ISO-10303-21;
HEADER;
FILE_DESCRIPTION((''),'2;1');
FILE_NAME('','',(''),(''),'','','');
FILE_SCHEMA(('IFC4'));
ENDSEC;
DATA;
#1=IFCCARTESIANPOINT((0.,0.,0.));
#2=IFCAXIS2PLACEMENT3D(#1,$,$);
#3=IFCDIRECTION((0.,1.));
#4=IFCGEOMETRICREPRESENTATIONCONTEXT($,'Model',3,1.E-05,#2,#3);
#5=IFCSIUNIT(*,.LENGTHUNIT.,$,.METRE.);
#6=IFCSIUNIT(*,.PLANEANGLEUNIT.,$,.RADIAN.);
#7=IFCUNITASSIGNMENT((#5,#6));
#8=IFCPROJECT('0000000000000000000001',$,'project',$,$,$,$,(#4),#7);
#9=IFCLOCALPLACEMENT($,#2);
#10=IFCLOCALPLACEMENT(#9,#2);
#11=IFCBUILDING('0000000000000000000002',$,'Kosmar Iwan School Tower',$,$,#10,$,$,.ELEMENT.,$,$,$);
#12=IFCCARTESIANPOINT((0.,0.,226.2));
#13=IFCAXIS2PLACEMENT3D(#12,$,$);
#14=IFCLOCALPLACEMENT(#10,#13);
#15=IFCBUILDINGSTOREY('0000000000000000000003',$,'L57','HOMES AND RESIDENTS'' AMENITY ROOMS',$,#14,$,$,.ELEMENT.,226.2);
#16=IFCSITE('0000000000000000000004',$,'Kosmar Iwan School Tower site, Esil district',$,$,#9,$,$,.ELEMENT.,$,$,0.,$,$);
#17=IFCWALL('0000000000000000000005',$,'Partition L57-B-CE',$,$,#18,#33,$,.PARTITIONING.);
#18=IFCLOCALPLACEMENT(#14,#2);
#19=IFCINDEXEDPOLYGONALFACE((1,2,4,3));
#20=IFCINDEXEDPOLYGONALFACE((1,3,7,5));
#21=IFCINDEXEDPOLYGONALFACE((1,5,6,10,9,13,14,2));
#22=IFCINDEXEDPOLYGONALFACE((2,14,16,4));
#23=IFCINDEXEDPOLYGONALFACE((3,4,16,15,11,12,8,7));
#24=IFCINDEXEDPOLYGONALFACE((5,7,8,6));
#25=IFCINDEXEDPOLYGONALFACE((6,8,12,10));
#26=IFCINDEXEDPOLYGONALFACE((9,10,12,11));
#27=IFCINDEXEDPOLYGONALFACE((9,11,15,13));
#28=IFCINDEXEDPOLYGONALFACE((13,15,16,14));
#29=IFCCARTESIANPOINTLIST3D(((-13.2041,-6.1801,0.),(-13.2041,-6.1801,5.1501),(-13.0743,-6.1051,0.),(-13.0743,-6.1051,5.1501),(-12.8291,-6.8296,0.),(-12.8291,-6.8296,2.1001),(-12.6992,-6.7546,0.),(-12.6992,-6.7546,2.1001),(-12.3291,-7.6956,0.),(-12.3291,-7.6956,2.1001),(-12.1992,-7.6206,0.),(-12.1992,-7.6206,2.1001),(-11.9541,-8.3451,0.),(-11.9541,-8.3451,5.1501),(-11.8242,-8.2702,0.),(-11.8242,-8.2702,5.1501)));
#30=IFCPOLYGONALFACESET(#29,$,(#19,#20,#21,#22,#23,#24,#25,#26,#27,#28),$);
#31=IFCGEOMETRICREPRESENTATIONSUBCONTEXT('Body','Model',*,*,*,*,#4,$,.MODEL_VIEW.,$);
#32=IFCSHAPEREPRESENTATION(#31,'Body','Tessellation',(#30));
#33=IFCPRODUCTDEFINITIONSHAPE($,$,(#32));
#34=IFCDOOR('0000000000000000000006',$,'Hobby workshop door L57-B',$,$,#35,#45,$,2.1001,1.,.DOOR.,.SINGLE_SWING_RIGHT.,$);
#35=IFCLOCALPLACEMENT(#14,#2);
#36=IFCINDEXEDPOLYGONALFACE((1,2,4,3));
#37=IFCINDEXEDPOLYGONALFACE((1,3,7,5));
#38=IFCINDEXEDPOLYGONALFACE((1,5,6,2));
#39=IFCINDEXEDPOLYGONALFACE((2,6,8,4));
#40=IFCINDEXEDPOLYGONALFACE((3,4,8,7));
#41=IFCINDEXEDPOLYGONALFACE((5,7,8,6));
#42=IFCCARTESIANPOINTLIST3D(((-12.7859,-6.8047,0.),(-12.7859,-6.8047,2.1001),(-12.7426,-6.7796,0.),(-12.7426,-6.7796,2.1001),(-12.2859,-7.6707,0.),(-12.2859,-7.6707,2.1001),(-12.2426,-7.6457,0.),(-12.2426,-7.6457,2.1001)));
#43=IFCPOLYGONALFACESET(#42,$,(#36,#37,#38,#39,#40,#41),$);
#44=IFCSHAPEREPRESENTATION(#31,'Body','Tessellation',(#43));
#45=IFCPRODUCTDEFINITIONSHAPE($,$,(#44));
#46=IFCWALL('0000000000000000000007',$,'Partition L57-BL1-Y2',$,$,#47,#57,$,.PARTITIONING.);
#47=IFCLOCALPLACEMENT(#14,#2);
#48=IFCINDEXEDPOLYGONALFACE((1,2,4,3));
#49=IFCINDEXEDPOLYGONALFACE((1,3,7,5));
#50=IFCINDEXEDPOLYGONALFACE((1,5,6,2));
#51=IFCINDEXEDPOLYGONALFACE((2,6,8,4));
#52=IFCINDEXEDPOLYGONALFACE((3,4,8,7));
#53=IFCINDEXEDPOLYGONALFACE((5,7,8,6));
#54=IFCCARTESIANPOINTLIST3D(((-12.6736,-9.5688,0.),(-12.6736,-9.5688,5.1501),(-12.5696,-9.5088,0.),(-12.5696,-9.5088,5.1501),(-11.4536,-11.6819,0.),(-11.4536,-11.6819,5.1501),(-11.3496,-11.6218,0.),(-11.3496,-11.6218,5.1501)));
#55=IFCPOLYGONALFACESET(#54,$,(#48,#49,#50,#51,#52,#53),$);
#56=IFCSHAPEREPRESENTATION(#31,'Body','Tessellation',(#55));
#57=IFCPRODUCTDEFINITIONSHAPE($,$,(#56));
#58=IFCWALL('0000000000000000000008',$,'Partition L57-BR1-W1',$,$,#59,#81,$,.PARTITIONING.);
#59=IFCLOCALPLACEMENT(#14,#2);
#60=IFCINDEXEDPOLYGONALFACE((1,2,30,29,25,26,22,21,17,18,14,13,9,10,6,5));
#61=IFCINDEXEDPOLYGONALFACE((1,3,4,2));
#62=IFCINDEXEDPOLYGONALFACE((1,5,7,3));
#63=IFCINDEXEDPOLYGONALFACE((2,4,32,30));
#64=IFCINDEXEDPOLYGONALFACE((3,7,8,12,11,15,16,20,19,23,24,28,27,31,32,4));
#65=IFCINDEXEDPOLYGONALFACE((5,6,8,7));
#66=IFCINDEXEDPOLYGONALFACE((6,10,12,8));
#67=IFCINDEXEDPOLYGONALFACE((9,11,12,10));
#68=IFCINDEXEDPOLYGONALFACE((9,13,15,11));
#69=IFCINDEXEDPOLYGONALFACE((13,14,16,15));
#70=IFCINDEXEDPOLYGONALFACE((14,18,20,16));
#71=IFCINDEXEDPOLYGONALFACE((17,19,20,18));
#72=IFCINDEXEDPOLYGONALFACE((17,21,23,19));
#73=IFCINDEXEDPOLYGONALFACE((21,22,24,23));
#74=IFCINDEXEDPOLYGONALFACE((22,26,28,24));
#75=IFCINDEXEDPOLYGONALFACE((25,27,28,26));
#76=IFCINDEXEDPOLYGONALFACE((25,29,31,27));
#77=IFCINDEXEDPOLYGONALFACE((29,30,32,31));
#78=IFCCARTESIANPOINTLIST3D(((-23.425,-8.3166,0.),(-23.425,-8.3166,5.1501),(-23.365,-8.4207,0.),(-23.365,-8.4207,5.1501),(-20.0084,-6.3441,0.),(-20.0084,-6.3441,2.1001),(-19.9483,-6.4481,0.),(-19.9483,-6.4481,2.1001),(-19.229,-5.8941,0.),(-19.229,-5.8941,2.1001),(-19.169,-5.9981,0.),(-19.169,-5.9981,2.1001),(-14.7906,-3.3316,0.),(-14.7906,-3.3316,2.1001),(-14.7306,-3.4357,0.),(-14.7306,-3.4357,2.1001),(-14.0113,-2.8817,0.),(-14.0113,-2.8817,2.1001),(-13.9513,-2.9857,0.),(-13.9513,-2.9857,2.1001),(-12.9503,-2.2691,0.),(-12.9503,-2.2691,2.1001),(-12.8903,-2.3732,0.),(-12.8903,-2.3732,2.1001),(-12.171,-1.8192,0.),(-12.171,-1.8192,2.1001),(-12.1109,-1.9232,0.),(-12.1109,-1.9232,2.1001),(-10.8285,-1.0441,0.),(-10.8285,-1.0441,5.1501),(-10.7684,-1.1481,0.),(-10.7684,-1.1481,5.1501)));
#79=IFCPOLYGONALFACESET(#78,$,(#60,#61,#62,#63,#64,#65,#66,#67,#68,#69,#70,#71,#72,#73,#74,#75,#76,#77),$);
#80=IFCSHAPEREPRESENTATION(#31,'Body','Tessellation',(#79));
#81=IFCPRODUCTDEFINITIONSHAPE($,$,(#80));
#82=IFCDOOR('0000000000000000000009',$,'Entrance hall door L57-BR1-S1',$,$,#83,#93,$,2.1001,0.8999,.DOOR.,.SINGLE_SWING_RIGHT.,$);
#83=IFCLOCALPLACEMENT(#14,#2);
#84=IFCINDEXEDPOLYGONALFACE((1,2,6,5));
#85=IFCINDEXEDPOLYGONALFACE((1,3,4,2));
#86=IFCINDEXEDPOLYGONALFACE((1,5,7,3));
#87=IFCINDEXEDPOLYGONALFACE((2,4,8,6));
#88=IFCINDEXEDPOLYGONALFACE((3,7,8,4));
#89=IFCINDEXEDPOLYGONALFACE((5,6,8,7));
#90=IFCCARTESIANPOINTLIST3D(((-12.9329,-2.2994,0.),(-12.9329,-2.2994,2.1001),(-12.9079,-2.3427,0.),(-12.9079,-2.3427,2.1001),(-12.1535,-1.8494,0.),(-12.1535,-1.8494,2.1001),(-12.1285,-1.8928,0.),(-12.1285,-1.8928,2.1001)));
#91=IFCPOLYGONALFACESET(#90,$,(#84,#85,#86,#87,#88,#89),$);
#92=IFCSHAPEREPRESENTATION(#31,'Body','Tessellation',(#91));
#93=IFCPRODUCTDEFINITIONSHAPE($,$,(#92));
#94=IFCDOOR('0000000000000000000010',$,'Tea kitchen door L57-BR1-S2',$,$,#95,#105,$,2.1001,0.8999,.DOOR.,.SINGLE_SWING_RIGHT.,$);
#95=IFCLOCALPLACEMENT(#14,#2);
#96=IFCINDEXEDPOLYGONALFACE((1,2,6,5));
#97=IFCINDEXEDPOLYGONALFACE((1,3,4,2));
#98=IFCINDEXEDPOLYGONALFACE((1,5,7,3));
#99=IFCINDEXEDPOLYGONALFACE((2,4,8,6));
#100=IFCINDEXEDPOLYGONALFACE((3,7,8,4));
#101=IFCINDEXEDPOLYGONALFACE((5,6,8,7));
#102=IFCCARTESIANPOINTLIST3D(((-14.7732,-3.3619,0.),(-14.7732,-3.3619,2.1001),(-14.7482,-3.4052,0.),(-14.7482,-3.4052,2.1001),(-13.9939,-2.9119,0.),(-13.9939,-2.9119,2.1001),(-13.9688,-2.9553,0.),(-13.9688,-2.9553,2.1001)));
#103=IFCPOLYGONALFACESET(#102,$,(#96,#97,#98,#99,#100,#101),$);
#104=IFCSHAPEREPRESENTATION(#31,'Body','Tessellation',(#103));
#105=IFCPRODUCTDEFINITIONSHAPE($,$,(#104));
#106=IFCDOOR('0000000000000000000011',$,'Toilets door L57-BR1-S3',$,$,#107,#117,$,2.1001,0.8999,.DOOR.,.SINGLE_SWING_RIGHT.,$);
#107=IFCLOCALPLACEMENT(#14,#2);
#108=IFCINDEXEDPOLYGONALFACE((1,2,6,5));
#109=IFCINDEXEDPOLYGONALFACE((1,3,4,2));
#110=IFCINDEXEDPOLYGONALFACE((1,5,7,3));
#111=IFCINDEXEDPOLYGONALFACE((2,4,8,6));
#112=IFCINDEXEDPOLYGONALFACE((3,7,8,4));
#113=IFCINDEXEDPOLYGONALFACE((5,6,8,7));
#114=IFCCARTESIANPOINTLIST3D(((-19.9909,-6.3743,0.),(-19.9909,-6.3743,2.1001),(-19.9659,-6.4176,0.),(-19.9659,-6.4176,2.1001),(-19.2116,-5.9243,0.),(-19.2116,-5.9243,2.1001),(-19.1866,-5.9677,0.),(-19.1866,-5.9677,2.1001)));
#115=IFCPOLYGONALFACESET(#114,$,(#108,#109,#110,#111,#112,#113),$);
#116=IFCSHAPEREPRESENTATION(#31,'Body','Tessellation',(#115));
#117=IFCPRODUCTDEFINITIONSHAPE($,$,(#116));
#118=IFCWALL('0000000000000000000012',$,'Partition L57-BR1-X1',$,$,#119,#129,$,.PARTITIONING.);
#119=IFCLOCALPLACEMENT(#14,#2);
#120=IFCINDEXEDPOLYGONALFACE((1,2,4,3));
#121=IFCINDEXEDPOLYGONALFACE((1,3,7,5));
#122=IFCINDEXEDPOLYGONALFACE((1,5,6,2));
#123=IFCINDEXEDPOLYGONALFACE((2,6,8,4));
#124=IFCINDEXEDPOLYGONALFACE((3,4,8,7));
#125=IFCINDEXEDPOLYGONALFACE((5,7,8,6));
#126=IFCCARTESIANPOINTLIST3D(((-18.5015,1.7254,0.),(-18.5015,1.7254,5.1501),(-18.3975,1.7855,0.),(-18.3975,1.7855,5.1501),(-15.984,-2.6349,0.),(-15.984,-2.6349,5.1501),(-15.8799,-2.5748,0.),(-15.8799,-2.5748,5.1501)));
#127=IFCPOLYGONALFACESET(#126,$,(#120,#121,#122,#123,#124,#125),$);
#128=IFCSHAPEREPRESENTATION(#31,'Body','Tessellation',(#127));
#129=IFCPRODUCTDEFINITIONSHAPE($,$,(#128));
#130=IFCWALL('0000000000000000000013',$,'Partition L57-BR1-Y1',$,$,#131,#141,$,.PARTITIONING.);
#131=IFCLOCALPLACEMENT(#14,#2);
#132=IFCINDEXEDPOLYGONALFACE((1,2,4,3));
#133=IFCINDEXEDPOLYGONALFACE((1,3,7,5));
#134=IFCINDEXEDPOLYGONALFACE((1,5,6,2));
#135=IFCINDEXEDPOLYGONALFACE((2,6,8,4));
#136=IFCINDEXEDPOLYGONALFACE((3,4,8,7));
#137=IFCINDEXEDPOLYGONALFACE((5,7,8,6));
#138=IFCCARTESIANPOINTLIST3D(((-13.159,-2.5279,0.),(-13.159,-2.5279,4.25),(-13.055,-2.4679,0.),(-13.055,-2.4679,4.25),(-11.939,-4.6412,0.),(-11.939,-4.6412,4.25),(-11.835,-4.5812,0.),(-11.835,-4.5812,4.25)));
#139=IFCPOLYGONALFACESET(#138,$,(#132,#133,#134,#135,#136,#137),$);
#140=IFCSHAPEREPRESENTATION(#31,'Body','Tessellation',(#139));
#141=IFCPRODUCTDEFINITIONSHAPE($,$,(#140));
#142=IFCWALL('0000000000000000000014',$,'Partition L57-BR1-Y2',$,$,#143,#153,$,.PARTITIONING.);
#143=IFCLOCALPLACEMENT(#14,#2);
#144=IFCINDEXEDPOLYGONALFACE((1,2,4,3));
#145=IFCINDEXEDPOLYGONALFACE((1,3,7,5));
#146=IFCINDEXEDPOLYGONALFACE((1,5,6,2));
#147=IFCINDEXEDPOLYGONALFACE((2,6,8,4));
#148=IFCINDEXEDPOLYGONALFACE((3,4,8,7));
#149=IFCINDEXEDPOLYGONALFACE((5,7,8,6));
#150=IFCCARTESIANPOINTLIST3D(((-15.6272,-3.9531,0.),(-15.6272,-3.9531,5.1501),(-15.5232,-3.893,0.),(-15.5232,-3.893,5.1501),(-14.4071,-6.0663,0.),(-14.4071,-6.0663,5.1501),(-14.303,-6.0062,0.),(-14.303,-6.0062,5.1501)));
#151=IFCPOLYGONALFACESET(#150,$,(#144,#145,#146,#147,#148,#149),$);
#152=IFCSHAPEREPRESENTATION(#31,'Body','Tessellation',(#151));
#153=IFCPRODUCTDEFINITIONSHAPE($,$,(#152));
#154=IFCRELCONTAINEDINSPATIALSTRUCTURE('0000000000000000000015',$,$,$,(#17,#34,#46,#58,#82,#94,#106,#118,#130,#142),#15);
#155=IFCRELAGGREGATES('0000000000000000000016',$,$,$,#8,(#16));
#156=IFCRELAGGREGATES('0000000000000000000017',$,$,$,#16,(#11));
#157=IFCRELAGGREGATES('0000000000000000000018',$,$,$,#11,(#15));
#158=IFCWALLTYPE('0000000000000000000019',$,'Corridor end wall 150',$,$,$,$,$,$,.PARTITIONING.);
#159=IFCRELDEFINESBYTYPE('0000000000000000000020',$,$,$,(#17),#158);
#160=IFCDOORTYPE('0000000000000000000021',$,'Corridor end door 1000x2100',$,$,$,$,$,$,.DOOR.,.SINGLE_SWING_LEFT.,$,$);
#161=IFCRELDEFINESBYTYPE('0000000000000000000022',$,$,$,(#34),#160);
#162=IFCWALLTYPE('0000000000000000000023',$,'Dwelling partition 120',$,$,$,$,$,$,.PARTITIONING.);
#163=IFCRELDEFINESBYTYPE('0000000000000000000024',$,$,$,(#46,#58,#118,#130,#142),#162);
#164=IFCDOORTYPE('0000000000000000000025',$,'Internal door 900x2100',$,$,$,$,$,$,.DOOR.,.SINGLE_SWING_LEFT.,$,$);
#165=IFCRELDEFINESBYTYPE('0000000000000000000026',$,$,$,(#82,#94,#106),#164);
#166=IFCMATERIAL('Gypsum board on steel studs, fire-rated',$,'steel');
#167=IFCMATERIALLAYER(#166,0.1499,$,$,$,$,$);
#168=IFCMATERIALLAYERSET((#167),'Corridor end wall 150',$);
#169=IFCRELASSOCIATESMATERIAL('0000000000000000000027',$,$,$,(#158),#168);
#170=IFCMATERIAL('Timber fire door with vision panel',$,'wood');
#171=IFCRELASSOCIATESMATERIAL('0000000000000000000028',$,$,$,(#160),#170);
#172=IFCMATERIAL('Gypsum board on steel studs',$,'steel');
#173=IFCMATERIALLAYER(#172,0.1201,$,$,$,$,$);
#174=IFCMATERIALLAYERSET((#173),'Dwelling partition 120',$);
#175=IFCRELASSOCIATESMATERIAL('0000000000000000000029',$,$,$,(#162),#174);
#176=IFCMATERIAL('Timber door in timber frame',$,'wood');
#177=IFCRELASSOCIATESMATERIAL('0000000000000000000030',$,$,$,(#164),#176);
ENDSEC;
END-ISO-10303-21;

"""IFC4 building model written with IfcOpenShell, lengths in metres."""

from ifc_helpers import new_model, si_unit, direction, frame, frame_2d, origin, place, context, subcontext, project, spatial, rectangle, extrude, material, layer, layer_set, type_object, element, fill, save


model = new_model("IFC4")

# Units and contexts
model_context = context("Model", 3, precision=1e-05, world=origin(), true_north=direction((0.0, 1.0)))
body_context = subcontext(model_context, "Body", "Model", "MODEL_VIEW")
ifc_project = project(units=[si_unit("LENGTHUNIT", "METRE"), si_unit("PLANEANGLEUNIT", "RADIAN")], contexts=[model_context])

# Site, building, storey
site_placement = place(None, origin())
site = spatial("IfcSite", under=ifc_project, at=site_placement, Name="Kosmar Iwan School Tower site, Esil district", CompositionType="ELEMENT", RefElevation=0.0)
building_placement = place(site_placement, origin())
building = spatial("IfcBuilding", under=site, at=building_placement, Name="Kosmar Iwan School Tower", CompositionType="ELEMENT")
storey_placement = place(building_placement, frame((0.0, 0.0, 226.2)))
storey = spatial("IfcBuildingStorey", under=building, at=storey_placement, Name="L57", Description="HOMES AND RESIDENTS' AMENITY ROOMS", CompositionType="ELEMENT", Elevation=226.2)

# Wall, opening, door
ifc_material_1 = material(Name="Gypsum board on steel studs, fire-rated", Category="steel")
ifc_layer_1 = layer(ifc_material_1, 0.1499)
ifc_layer_set_1 = layer_set([ifc_layer_1], Name="Corridor end wall 150")
wall_type_1 = type_object("IfcWallType", Name="Corridor end wall 150", PredefinedType="PARTITIONING", material=ifc_layer_set_1)
wall_1_placement = place(storey_placement, frame((-13.1392, -6.1426, 0.0), z_axis=(0.0, 0.0, 1.0), x_axis=(0.500004, -0.866023, 0.0)))
wall_1 = element("IfcWall", 1, at=wall_1_placement, inside=storey, type_object=wall_type_1, Name="Partition L57-B-CE", PredefinedType="PARTITIONING", context=body_context, shape_type="SweptSolid", body=[
    extrude(rectangle(XDim=2.5, YDim=0.1499, at=frame_2d((1.25, 0.0))), origin(), (0.0, 0.0, 1.0), 5.1501),
])
opening_1_placement = place(wall_1_placement, frame((0.75, 0.0, 0.0)))
opening_1 = element("IfcOpeningElement", 2, at=opening_1_placement, cuts=wall_1, PredefinedType="OPENING", context=body_context, shape_type="SweptSolid", body=[
    extrude(rectangle(XDim=1.0, YDim=2.1001, at=frame_2d((0.5, 1.05))), frame((0.0, 0.0869, 0.0), z_axis=(0.0, -1.0, 0.0), x_axis=(1.0, 0.0, 0.0)), (0.0, 0.0, 1.0), 0.1738),
])
ifc_material_2 = material(Name="Timber fire door with vision panel", Category="wood")
door_type_1 = type_object("IfcDoorType", Name="Corridor end door 1000x2100", OperationType="SINGLE_SWING_LEFT", PredefinedType="DOOR", material=ifc_material_2)
door_1_placement = place(opening_1_placement, origin())
door_1 = element("IfcDoor", 3, at=door_1_placement, inside=storey, type_object=door_type_1, Name="Hobby workshop door L57-B", OperationType="SINGLE_SWING_RIGHT", OverallHeight=2.1001, OverallWidth=1.0, PredefinedType="DOOR", context=body_context, shape_type="SweptSolid", body=[
    extrude(rectangle(XDim=1.0, YDim=2.1001, at=frame_2d((0.5, 1.05))), frame((0.0, 0.0249, 0.0), z_axis=(0.0, -1.0, 0.0), x_axis=(1.0, 0.0, 0.0)), (0.0, 0.0, 1.0), 0.05),
])
fill(opening_1, door_1)

# Wall
ifc_material_3 = material(Name="Gypsum board on steel studs", Category="steel")
ifc_layer_2 = layer(ifc_material_3, 0.1201)
ifc_layer_set_2 = layer_set([ifc_layer_2], Name="Dwelling partition 120")
wall_type_2 = type_object("IfcWallType", Name="Dwelling partition 120", PredefinedType="PARTITIONING", material=ifc_layer_set_2)
wall_2_placement = place(storey_placement, frame((-12.6216, -9.5388, 0.0), z_axis=(0.0, 0.0, 1.0), x_axis=(0.500003, -0.866024, 0.0)))
element("IfcWall", 4, at=wall_2_placement, inside=storey, type_object=wall_type_2, Name="Partition L57-BL1-Y2", PredefinedType="PARTITIONING", context=body_context, shape_type="SweptSolid", body=[
    extrude(rectangle(XDim=2.4399, YDim=0.1201, at=frame_2d((1.22, 0.0))), origin(), (0.0, 0.0, 1.0), 5.1501),
])

# Wall, openings, doors
wall_3_placement = place(storey_placement, frame((-10.7986, -1.0962, 0.0), z_axis=(0.0, 0.0, 1.0), x_axis=(-0.866028, -0.499995, 0.0)))
wall_3 = element("IfcWall", 5, at=wall_3_placement, inside=storey, type_object=wall_type_2, Name="Partition L57-BR1-W1", PredefinedType="PARTITIONING", context=body_context, shape_type="SweptSolid", body=[
    extrude(rectangle(XDim=14.5452, YDim=0.1201, at=frame_2d((7.2725, 0.0))), origin(), (0.0, 0.0, 1.0), 5.1501),
])
opening_2_placement = place(wall_3_placement, frame((1.55, 0.0, 0.0)))
opening_2 = element("IfcOpeningElement", 6, at=opening_2_placement, cuts=wall_3, PredefinedType="OPENING", context=body_context, shape_type="SweptSolid", body=[
    extrude(rectangle(XDim=0.8999, YDim=2.1001, at=frame_2d((0.45, 1.05))), frame((0.0, 0.072, 0.0), z_axis=(0.0, -1.0, 0.0), x_axis=(1.0, 0.0, 0.0)), (0.0, 0.0, 1.0), 0.144),
])
opening_3_placement = place(wall_3_placement, frame((3.675, 0.0, 0.0)))
opening_3 = element("IfcOpeningElement", 7, at=opening_3_placement, cuts=wall_3, PredefinedType="OPENING", context=body_context, shape_type="SweptSolid", body=[
    extrude(rectangle(XDim=0.8999, YDim=2.1001, at=frame_2d((0.45, 1.05))), frame((0.0, 0.072, 0.0), z_axis=(0.0, -1.0, 0.0), x_axis=(1.0, 0.0, 0.0)), (0.0, 0.0, 1.0), 0.144),
])
opening_4_placement = place(wall_3_placement, frame((9.7, 0.0, 0.0)))
opening_4 = element("IfcOpeningElement", 8, at=opening_4_placement, cuts=wall_3, PredefinedType="OPENING", context=body_context, shape_type="SweptSolid", body=[
    extrude(rectangle(XDim=0.8999, YDim=2.1001, at=frame_2d((0.45, 1.05))), frame((0.0, 0.072, 0.0), z_axis=(0.0, -1.0, 0.0), x_axis=(1.0, 0.0, 0.0)), (0.0, 0.0, 1.0), 0.144),
])
ifc_material_4 = material(Name="Timber door in timber frame", Category="wood")
door_type_2 = type_object("IfcDoorType", Name="Internal door 900x2100", OperationType="SINGLE_SWING_LEFT", PredefinedType="DOOR", material=ifc_material_4)
door_2_placement = place(opening_2_placement, origin())
door_2 = element("IfcDoor", 9, at=door_2_placement, inside=storey, type_object=door_type_2, Name="Entrance hall door L57-BR1-S1", OperationType="SINGLE_SWING_RIGHT", OverallHeight=2.1001, OverallWidth=0.8999, PredefinedType="DOOR", context=body_context, shape_type="SweptSolid", body=[
    extrude(rectangle(XDim=0.8999, YDim=2.1001, at=frame_2d((0.45, 1.05))), frame((0.0, 0.0249, 0.0), z_axis=(0.0, -1.0, 0.0), x_axis=(1.0, 0.0, 0.0)), (0.0, 0.0, 1.0), 0.05),
])
fill(opening_2, door_2)
door_3_placement = place(opening_3_placement, origin())
door_3 = element("IfcDoor", 10, at=door_3_placement, inside=storey, type_object=door_type_2, Name="Tea kitchen door L57-BR1-S2", OperationType="SINGLE_SWING_RIGHT", OverallHeight=2.1001, OverallWidth=0.8999, PredefinedType="DOOR", context=body_context, shape_type="SweptSolid", body=[
    extrude(rectangle(XDim=0.8999, YDim=2.1001, at=frame_2d((0.45, 1.05))), frame((0.0, 0.0249, 0.0), z_axis=(0.0, -1.0, 0.0), x_axis=(1.0, 0.0, 0.0)), (0.0, 0.0, 1.0), 0.05),
])
fill(opening_3, door_3)
door_4_placement = place(opening_4_placement, origin())
door_4 = element("IfcDoor", 11, at=door_4_placement, inside=storey, type_object=door_type_2, Name="Toilets door L57-BR1-S3", OperationType="SINGLE_SWING_RIGHT", OverallHeight=2.1001, OverallWidth=0.8999, PredefinedType="DOOR", context=body_context, shape_type="SweptSolid", body=[
    extrude(rectangle(XDim=0.8999, YDim=2.1001, at=frame_2d((0.45, 1.05))), frame((0.0, 0.0249, 0.0), z_axis=(0.0, -1.0, 0.0), x_axis=(1.0, 0.0, 0.0)), (0.0, 0.0, 1.0), 0.05),
])
fill(opening_4, door_4)

# Walls
wall_4_placement = place(storey_placement, frame((-15.9319, -2.605, 0.0), z_axis=(0.0, 0.0, 1.0), x_axis=(-0.500019, 0.866014, 0.0)))
element("IfcWall", 12, at=wall_4_placement, inside=storey, type_object=wall_type_2, Name="Partition L57-BR1-X1", PredefinedType="PARTITIONING", context=body_context, shape_type="SweptSolid", body=[
    extrude(rectangle(XDim=5.0349, YDim=0.1201, at=frame_2d((2.5176, 0.0))), origin(), (0.0, 0.0, 1.0), 5.1501),
])
wall_5_placement = place(storey_placement, frame((-11.887, -4.6113, 0.0), z_axis=(0.0, 0.0, 1.0), x_axis=(-0.499959, 0.866049, 0.0)))
element("IfcWall", 13, at=wall_5_placement, inside=storey, type_object=wall_type_2, Name="Partition L57-BR1-Y1", PredefinedType="PARTITIONING", context=body_context, shape_type="SweptSolid", body=[
    extrude(rectangle(XDim=2.4402, YDim=0.1201, at=frame_2d((1.2202, 0.0))), origin(), (0.0, 0.0, 1.0), 4.25),
])
wall_6_placement = place(storey_placement, frame((-14.355, -6.0364, 0.0), z_axis=(0.0, 0.0, 1.0), x_axis=(-0.500034, 0.866006, 0.0)))
element("IfcWall", 14, at=wall_6_placement, inside=storey, type_object=wall_type_2, Name="Partition L57-BR1-Y2", PredefinedType="PARTITIONING", context=body_context, shape_type="SweptSolid", body=[
    extrude(rectangle(XDim=2.4402, YDim=0.1201, at=frame_2d((1.2202, 0.0))), origin(), (0.0, 0.0, 1.0), 5.1501),
])

save(model, "model.ifc")
